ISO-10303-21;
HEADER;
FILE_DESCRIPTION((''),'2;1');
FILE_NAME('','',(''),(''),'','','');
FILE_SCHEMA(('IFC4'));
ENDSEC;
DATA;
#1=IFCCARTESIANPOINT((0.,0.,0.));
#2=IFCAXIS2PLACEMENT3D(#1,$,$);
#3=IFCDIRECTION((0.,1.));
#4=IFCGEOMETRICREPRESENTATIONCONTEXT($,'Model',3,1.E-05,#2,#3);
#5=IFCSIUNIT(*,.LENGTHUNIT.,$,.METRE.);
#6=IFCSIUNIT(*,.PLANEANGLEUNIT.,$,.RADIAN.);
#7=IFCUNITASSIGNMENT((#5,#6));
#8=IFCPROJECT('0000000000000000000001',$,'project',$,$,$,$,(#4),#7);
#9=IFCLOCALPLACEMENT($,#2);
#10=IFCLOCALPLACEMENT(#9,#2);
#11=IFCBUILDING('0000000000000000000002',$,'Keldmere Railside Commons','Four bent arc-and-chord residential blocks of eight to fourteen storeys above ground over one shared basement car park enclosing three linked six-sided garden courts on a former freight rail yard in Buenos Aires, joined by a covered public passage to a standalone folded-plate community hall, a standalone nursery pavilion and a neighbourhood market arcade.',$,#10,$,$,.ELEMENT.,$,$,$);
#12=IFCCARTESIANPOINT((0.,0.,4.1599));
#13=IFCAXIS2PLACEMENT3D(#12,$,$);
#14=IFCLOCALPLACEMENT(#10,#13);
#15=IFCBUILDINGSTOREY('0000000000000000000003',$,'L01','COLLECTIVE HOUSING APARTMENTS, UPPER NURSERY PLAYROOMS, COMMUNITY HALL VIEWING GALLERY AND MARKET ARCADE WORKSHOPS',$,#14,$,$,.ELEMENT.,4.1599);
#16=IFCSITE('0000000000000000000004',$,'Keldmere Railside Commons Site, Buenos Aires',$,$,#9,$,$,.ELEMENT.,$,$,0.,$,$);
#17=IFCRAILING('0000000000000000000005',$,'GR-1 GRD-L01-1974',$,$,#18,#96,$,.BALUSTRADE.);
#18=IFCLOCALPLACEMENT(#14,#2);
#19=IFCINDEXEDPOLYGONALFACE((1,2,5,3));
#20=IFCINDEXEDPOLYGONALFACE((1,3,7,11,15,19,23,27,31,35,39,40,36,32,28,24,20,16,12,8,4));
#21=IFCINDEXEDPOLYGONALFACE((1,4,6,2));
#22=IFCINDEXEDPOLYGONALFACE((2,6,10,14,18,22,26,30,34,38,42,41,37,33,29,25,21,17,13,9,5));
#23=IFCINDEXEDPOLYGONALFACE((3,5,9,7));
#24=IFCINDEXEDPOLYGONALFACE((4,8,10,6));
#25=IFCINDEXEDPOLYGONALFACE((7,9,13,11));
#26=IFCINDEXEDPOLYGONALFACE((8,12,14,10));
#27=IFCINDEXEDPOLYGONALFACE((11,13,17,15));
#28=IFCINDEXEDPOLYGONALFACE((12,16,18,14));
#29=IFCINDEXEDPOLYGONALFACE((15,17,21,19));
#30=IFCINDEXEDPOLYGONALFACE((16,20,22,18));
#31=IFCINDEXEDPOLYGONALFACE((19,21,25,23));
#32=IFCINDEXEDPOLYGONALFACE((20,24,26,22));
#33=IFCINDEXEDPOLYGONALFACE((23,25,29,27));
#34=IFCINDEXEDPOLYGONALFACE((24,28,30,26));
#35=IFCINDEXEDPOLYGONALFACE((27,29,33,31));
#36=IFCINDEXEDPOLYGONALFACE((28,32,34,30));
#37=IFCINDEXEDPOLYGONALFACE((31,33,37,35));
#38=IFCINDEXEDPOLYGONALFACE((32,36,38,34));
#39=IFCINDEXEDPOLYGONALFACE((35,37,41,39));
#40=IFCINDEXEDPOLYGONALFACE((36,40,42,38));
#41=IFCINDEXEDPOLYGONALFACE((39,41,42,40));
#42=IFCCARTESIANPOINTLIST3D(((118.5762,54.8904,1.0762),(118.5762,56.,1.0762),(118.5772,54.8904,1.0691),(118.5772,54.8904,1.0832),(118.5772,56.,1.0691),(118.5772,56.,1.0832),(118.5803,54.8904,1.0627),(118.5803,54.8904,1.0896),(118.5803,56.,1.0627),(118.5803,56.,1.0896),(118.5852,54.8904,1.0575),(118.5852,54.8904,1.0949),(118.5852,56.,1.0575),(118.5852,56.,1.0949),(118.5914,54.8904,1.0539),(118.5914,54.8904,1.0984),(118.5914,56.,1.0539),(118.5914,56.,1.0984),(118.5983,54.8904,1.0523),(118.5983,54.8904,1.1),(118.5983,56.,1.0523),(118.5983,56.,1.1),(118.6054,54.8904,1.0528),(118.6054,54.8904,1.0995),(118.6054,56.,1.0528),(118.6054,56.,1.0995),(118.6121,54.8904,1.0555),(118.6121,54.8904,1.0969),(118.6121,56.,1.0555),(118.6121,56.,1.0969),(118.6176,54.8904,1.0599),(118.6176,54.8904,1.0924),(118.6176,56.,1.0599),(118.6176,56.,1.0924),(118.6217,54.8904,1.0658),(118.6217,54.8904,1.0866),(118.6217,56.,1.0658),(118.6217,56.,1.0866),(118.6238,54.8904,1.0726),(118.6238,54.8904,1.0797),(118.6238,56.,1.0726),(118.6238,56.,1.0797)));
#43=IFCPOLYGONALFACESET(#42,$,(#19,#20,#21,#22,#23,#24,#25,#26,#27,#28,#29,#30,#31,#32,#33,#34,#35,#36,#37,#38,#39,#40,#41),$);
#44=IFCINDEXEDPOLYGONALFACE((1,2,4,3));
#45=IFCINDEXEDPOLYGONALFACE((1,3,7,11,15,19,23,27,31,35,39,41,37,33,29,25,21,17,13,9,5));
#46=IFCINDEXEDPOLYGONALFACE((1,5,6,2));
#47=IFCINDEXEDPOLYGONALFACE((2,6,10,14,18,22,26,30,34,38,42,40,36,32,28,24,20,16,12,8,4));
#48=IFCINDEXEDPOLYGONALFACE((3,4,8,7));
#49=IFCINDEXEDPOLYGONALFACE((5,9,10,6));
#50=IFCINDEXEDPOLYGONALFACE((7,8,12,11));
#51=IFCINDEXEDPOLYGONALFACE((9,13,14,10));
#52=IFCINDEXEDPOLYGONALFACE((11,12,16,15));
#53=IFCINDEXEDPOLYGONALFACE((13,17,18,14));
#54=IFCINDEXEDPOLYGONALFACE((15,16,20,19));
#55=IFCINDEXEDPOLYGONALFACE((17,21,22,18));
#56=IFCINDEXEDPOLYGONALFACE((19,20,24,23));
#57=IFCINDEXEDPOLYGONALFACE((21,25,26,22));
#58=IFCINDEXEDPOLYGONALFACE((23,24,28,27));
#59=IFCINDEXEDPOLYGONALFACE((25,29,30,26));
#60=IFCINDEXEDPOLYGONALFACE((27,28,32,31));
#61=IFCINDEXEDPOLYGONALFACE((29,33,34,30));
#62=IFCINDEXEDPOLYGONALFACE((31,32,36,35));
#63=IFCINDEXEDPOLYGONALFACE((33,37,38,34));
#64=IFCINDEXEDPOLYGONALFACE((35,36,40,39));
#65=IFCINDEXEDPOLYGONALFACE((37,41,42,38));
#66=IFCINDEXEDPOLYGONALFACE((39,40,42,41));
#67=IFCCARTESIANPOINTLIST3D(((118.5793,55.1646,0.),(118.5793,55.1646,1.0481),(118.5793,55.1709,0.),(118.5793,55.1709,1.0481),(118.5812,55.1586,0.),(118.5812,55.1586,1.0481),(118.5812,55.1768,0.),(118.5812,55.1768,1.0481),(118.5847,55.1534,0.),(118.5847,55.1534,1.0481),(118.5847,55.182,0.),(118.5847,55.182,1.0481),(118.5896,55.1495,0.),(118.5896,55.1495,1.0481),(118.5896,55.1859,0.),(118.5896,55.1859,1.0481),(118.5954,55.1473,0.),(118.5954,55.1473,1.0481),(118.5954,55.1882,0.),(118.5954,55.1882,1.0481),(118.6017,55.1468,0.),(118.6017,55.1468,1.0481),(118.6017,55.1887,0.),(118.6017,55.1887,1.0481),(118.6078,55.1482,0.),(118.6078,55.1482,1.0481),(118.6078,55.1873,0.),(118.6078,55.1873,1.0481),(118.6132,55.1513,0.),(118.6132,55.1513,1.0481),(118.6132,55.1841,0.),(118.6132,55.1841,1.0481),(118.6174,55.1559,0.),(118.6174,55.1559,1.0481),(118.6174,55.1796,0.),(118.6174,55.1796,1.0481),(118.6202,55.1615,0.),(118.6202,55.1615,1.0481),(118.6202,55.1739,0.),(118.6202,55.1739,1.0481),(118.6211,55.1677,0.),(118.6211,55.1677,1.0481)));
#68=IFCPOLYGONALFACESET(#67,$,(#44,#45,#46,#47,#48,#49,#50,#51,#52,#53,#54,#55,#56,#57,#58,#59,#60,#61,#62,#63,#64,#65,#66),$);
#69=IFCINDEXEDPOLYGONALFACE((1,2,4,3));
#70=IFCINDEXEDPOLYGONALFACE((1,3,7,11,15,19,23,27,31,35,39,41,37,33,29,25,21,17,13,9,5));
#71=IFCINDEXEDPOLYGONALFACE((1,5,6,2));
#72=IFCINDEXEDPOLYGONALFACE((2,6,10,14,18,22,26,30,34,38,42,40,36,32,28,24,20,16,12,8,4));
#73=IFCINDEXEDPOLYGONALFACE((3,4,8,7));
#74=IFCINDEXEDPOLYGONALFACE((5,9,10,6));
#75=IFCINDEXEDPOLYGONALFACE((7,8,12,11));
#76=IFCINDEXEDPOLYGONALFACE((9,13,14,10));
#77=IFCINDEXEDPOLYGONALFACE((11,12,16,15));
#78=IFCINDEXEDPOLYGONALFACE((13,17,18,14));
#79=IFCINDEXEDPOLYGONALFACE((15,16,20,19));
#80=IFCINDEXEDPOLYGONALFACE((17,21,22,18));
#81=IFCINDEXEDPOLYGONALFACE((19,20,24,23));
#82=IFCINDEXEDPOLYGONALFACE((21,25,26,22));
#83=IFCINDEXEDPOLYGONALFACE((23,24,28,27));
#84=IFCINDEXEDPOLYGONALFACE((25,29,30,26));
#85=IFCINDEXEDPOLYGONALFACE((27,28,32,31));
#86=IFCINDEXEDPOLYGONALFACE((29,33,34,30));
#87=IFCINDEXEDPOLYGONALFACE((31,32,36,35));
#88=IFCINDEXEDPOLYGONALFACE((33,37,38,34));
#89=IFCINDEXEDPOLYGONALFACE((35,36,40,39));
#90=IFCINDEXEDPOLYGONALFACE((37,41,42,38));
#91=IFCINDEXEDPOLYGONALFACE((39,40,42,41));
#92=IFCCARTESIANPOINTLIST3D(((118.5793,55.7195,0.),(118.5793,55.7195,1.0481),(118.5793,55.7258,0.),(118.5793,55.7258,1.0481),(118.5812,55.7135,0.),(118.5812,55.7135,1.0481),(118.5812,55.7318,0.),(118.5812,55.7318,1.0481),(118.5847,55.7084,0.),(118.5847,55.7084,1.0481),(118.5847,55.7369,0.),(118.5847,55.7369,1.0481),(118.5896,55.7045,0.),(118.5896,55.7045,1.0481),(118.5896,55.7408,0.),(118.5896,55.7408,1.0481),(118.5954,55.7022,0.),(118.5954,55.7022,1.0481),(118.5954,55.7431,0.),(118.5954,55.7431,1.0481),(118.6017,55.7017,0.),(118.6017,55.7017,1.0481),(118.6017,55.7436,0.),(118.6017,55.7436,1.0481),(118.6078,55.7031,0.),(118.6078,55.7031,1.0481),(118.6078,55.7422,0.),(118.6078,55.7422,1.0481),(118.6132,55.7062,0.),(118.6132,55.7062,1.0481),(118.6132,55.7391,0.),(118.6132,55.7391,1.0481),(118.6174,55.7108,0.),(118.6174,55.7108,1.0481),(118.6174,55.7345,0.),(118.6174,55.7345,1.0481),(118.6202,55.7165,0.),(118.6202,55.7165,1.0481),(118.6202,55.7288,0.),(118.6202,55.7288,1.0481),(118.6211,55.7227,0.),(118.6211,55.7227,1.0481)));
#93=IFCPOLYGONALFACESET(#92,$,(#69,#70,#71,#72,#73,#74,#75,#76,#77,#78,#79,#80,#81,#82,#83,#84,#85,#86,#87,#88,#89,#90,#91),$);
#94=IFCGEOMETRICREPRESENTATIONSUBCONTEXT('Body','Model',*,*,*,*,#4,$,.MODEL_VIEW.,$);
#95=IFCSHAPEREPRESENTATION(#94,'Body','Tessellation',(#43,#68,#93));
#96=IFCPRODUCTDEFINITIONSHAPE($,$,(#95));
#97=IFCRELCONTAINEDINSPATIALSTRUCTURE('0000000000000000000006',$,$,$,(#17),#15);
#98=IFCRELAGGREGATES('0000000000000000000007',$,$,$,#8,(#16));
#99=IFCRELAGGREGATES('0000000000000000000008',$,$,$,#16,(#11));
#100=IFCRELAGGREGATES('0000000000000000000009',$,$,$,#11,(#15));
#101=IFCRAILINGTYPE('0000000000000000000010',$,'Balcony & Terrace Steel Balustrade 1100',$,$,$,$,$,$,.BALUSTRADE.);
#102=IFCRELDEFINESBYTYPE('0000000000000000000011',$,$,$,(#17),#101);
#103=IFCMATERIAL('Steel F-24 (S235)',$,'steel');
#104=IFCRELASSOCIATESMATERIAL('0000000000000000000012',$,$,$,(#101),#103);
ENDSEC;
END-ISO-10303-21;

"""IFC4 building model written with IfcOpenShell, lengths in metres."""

from ifc_helpers import new_model, si_unit, direction, frame, origin, origin_2d, place, context, subcontext, project, spatial, circle, extrude, material, type_object, element, save


model = new_model("IFC4")

# Units and contexts
model_context = context("Model", 3, precision=1e-05, world=origin(), true_north=direction((0.0, 1.0)))
body_context = subcontext(model_context, "Body", "Model", "MODEL_VIEW")
ifc_project = project(units=[si_unit("LENGTHUNIT", "METRE"), si_unit("PLANEANGLEUNIT", "RADIAN")], contexts=[model_context])

# Site, building, storey
site_placement = place(None, origin())
site = spatial("IfcSite", under=ifc_project, at=site_placement, Name="Keldmere Railside Commons Site, Buenos Aires", CompositionType="ELEMENT", RefElevation=0.0)
building_placement = place(site_placement, origin())
building = spatial("IfcBuilding", under=site, at=building_placement, Name="Keldmere Railside Commons", Description="Four bent arc-and-chord residential blocks of eight to fourteen storeys above ground over one shared basement car park enclosing three linked six-sided garden courts on a former freight rail yard in Buenos Aires, joined by a covered public passage to a standalone folded-plate community hall, a standalone nursery pavilion and a neighbourhood market arcade.", CompositionType="ELEMENT")
storey_placement = place(building_placement, frame((0.0, 0.0, 4.1599)))
storey = spatial("IfcBuildingStorey", under=building, at=storey_placement, Name="L01", Description="COLLECTIVE HOUSING APARTMENTS, UPPER NURSERY PLAYROOMS, COMMUNITY HALL VIEWING GALLERY AND MARKET ARCADE WORKSHOPS", CompositionType="ELEMENT", Elevation=4.1599)

# Shared definitions
ifc_material_1 = material(Name="Steel F-24 (S235)", Category="steel")

# Railing
railing_type = type_object("IfcRailingType", Name="Balcony & Terrace Steel Balustrade 1100", PredefinedType="BALUSTRADE", material=ifc_material_1)
railing_1_placement = place(storey_placement, frame((118.6001, 54.8904, 0.0)))
element("IfcRailing", 1, at=railing_1_placement, inside=storey, type_object=railing_type, Name="GR-1 GRD-L01-1974", PredefinedType="BALUSTRADE", context=body_context, shape_type="SweptSolid", body=[
    extrude(circle(Radius=0.0239, at=origin_2d()), frame((0.0, 0.0, 1.0762), z_axis=(0.0, 1.0, 0.0), x_axis=(-1.0, 0.0, 0.0)), (0.0, 0.0, 1.0), 1.1096),
    extrude(circle(Radius=0.021, at=origin_2d()), frame((0.0, 0.2773, 0.0)), (0.0, 0.0, 1.0), 1.0481),
    extrude(circle(Radius=0.021, at=origin_2d()), frame((0.0, 0.8323, 0.0)), (0.0, 0.0, 1.0), 1.0481),
])

save(model, "model.ifc")
